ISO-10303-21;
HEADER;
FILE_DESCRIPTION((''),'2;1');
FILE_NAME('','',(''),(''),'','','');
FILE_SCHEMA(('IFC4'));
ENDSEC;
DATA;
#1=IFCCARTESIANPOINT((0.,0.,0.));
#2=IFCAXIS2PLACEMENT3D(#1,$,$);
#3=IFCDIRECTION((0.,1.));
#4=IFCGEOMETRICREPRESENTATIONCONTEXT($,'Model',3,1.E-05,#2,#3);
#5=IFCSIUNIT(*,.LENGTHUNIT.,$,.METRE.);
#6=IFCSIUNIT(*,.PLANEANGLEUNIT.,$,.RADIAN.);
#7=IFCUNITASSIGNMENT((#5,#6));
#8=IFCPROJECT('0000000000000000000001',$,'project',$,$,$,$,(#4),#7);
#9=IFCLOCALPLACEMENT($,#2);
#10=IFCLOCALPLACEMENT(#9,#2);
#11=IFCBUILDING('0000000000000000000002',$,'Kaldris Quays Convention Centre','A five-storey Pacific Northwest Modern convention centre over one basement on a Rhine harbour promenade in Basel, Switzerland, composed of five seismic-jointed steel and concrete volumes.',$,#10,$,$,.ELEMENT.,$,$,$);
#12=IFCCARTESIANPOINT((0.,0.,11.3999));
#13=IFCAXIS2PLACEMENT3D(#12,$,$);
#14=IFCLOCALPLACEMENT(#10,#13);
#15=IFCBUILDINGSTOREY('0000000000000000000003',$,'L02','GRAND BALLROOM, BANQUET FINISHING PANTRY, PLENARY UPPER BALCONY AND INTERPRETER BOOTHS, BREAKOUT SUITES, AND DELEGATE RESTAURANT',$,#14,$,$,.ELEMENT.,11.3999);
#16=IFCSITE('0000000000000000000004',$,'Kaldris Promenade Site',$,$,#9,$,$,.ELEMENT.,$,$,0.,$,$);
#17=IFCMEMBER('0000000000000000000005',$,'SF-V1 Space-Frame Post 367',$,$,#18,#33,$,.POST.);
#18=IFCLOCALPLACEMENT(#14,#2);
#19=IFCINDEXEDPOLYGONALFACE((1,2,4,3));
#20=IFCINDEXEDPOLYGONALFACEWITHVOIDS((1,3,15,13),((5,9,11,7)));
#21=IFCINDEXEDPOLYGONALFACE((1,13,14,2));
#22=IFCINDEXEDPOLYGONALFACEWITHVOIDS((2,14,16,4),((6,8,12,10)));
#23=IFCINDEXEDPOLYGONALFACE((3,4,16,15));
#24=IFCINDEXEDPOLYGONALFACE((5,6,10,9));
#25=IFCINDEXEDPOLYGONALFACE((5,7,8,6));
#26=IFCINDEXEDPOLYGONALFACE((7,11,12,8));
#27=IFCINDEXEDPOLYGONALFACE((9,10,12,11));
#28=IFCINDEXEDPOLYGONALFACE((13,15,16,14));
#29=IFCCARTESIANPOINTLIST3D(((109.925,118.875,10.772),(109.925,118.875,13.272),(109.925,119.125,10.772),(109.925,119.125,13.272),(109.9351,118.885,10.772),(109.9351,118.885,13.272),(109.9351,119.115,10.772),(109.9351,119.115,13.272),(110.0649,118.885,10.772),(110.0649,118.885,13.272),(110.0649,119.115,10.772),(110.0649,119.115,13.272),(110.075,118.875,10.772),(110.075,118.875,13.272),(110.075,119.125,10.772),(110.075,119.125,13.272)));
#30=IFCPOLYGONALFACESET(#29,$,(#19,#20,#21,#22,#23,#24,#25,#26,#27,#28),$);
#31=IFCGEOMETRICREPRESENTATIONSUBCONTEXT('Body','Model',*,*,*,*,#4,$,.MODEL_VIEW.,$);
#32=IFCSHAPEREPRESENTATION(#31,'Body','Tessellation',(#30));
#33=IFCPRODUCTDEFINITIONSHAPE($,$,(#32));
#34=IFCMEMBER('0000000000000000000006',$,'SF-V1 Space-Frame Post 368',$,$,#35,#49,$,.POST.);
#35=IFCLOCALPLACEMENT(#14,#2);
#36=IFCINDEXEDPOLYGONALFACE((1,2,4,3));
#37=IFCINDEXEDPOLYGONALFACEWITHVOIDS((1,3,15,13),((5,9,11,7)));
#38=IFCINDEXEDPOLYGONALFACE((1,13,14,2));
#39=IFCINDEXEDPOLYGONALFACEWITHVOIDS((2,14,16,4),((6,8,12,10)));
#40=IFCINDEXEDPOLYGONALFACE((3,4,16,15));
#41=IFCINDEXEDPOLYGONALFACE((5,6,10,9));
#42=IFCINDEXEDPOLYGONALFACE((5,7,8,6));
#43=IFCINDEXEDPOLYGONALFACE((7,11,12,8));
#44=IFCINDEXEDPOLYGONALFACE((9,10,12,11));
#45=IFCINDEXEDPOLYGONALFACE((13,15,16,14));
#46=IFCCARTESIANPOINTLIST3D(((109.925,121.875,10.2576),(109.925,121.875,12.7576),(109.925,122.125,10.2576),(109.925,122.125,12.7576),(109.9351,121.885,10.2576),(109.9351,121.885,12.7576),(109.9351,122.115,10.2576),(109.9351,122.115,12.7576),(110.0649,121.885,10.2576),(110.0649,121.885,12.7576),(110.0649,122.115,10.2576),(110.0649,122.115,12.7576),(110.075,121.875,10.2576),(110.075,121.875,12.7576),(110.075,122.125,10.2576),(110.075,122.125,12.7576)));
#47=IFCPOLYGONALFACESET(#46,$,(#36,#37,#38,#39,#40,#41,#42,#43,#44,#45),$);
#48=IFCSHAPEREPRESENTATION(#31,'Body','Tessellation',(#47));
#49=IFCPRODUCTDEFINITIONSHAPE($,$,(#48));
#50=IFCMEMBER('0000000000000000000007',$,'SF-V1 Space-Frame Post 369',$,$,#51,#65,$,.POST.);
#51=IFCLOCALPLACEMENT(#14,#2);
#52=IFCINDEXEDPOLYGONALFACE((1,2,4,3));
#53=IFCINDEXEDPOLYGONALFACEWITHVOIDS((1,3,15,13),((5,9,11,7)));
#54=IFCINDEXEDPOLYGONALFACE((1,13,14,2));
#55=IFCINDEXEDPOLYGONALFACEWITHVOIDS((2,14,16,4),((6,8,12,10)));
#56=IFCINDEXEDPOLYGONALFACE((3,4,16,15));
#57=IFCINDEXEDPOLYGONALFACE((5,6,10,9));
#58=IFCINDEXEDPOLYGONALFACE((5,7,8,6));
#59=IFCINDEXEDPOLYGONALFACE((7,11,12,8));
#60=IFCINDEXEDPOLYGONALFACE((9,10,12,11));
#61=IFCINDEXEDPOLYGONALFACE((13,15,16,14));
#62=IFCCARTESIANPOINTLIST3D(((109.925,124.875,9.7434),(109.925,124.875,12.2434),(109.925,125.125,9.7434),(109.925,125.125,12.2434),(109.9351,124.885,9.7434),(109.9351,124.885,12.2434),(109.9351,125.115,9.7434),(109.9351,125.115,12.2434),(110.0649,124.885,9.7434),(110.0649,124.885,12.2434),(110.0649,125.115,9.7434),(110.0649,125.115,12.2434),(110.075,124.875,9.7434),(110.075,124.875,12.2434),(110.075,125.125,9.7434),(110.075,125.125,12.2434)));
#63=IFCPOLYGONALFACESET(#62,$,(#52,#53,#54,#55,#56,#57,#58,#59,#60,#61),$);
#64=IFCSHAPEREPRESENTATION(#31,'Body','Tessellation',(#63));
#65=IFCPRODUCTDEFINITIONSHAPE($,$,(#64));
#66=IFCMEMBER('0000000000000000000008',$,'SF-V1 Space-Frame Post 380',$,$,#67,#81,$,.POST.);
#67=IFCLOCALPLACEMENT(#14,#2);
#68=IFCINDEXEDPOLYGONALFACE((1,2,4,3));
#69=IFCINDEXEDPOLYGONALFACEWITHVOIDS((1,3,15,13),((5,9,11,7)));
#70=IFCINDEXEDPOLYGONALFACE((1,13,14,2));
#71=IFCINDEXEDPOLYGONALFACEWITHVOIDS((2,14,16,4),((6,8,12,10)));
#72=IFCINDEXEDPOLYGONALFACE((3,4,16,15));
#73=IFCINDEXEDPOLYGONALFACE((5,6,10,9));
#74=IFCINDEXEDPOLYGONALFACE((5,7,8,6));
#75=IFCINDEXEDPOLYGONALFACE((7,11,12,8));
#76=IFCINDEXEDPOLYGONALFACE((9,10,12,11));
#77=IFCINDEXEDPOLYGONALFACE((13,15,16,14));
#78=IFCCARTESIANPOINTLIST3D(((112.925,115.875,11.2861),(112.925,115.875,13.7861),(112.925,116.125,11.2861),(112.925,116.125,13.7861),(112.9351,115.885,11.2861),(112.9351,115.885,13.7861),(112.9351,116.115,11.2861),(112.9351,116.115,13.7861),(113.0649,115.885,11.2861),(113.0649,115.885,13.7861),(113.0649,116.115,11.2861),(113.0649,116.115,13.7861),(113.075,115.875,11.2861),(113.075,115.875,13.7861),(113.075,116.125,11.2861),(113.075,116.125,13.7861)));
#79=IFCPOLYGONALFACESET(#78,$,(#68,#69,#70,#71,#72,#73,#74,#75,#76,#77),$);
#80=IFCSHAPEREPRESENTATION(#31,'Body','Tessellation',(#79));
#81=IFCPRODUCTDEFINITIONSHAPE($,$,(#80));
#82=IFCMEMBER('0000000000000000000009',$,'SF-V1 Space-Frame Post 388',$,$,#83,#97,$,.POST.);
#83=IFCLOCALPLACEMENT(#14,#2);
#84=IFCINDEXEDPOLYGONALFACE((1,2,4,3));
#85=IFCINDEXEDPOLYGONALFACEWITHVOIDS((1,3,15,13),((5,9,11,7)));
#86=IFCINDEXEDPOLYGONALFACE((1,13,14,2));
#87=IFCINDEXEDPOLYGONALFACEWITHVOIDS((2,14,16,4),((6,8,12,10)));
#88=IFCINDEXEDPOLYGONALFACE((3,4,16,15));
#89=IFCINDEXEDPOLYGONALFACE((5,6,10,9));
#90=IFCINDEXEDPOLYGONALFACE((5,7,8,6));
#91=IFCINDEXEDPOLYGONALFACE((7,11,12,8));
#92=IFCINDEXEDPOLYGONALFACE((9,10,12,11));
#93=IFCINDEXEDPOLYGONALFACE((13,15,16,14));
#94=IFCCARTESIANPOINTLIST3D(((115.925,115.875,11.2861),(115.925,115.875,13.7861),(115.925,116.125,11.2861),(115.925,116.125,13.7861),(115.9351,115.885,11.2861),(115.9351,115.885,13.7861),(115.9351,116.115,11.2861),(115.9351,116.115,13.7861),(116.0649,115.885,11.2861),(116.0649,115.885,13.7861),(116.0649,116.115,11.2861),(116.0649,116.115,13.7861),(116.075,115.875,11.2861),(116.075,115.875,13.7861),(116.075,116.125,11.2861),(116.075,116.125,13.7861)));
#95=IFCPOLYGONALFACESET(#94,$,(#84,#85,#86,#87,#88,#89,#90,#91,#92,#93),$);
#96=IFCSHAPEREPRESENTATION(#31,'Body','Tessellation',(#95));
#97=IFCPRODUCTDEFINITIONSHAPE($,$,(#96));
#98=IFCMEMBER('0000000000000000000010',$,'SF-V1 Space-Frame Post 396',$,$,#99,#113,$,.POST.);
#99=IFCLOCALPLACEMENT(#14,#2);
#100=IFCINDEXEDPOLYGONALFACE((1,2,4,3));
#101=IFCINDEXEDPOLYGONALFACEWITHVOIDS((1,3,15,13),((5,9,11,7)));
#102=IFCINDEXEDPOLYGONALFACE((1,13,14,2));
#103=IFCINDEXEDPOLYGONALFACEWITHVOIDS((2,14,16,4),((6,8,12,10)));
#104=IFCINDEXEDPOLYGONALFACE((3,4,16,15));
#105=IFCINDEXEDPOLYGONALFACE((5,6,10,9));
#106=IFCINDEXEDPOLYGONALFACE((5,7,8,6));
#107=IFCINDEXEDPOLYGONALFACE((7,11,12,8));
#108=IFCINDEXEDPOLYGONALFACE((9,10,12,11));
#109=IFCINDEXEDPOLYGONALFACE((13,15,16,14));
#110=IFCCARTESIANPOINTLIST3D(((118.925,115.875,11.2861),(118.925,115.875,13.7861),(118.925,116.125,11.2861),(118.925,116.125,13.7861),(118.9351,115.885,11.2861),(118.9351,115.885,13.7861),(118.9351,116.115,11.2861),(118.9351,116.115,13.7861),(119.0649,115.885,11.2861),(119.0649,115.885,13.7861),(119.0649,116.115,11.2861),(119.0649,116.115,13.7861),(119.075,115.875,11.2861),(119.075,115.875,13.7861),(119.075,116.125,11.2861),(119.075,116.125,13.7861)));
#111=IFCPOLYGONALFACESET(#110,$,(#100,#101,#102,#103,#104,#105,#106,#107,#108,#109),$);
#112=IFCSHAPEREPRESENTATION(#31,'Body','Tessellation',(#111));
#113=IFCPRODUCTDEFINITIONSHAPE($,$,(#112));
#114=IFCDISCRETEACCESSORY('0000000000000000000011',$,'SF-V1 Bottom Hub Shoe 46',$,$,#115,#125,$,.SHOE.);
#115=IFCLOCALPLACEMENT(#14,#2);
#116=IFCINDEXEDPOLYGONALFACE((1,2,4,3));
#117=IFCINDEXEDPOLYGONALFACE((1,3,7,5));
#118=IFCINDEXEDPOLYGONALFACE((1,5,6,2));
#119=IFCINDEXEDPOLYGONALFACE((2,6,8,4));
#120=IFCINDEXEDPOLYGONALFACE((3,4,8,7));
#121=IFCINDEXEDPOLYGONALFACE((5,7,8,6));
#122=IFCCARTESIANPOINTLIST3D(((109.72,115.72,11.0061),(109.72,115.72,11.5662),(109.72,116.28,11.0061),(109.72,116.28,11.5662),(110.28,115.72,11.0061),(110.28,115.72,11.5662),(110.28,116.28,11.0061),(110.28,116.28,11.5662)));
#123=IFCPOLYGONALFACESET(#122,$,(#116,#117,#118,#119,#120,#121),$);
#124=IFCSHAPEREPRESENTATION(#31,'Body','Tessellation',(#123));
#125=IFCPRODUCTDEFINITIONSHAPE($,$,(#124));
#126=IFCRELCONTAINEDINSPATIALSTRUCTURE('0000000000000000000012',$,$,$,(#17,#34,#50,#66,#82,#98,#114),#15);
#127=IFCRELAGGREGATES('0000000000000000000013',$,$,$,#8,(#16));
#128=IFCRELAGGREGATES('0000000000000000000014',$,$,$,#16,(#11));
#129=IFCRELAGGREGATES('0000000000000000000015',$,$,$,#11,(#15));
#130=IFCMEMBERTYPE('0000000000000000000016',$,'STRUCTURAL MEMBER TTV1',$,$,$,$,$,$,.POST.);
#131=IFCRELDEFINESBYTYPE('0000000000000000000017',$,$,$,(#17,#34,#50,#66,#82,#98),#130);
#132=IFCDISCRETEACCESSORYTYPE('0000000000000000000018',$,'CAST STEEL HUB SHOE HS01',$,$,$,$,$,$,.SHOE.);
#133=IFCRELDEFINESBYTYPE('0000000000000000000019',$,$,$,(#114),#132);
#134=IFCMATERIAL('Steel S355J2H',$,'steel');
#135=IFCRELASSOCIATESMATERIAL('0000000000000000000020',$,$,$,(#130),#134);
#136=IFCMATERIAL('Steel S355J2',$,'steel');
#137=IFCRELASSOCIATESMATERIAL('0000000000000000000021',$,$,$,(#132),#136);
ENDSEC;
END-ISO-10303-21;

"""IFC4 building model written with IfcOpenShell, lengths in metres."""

from ifc_helpers import new_model, si_unit, direction, frame, origin, origin_2d, place, context, subcontext, project, spatial, rectangle, hollow_rectangle, extrude, material, material_profile, profile_set, type_object, element, save


model = new_model("IFC4")

# Units and contexts
model_context = context("Model", 3, precision=1e-05, world=origin(), true_north=direction((0.0, 1.0)))
body_context = subcontext(model_context, "Body", "Model", "MODEL_VIEW")
ifc_project = project(units=[si_unit("LENGTHUNIT", "METRE"), si_unit("PLANEANGLEUNIT", "RADIAN")], contexts=[model_context])

# Site, building, storey
site_placement = place(None, origin())
site = spatial("IfcSite", under=ifc_project, at=site_placement, Name="Kaldris Promenade Site", CompositionType="ELEMENT", RefElevation=0.0)
building_placement = place(site_placement, origin())
building = spatial("IfcBuilding", under=site, at=building_placement, Name="Kaldris Quays Convention Centre", Description="A five-storey Pacific Northwest Modern convention centre over one basement on a Rhine harbour promenade in Basel, Switzerland, composed of five seismic-jointed steel and concrete volumes.", CompositionType="ELEMENT")
storey_placement = place(building_placement, frame((0.0, 0.0, 11.3999)))
storey = spatial("IfcBuildingStorey", under=building, at=storey_placement, Name="L02", Description="GRAND BALLROOM, BANQUET FINISHING PANTRY, PLENARY UPPER BALCONY AND INTERPRETER BOOTHS, BREAKOUT SUITES, AND DELEGATE RESTAURANT", CompositionType="ELEMENT", Elevation=11.3999)

# Members
ifc_material_1 = material(Name="Steel S355J2H", Category="steel")
ifc_material_profile_1 = material_profile(ifc_material_1, hollow_rectangle(XDim=0.1499, YDim=0.25, WallThickness=0.01, at=origin_2d()), Name="RHS 250x150x10")
ifc_profile_set_1 = profile_set([ifc_material_profile_1], Name="Steel S355J2H")
member_type_1 = type_object("IfcMemberType", Name="STRUCTURAL MEMBER TTV1", PredefinedType="POST", material=ifc_profile_set_1)
for number, where, z_axis, x_axis, name in (
    (1, (110.0, 119.0, 10.772), (0.0, 0.0, 1.0), (1.0, 0.0, 0.0), "SF-V1 Space-Frame Post 367"),
    (2, (110.0, 122.0, 10.2576), (0.0, 0.0, 1.0), (1.0, 0.0, 0.0), "SF-V1 Space-Frame Post 368"),
    (3, (110.0, 125.0, 9.7434), (0.0, 0.0, 1.0), (1.0, 0.0, 0.0), "SF-V1 Space-Frame Post 369"),
    (4, (113.0, 116.0, 11.2861), (0.0, 0.0, 1.0), (1.0, 0.0, 0.0), "SF-V1 Space-Frame Post 380"),
    (5, (116.0, 116.0, 11.2861), (0.0, 0.0, 1.0), (1.0, 0.0, 0.0), "SF-V1 Space-Frame Post 388"),
    (6, (119.0, 116.0, 11.2861), (0.0, 0.0, 1.0), (1.0, 0.0, 0.0), "SF-V1 Space-Frame Post 396"),
):
    element("IfcMember", number, at=place(storey_placement, frame(where, z_axis=z_axis, x_axis=x_axis)), inside=storey, type_object=member_type_1, Name=name, PredefinedType="POST", context=body_context, shape_type="SweptSolid", body=[
        extrude(hollow_rectangle(XDim=0.1499, YDim=0.25, WallThickness=0.01, at=origin_2d()), origin(), (0.0, 0.0, 1.0), 2.5),
    ])

# Discrete accessory
ifc_material_2 = material(Name="Steel S355J2", Category="steel")
discrete_accessory_type = type_object("IfcDiscreteAccessoryType", Name="CAST STEEL HUB SHOE HS01", PredefinedType="SHOE", material=ifc_material_2)
discrete_accessory_placement = place(storey_placement, frame((110.0, 116.0, 11.0061), z_axis=(0.0, 0.0, 1.0), x_axis=(1.0, 0.0, 0.0)))
element("IfcDiscreteAccessory", 7, at=discrete_accessory_placement, inside=storey, type_object=discrete_accessory_type, Name="SF-V1 Bottom Hub Shoe 46", PredefinedType="SHOE", context=body_context, shape_type="SweptSolid", body=[
    extrude(rectangle(XDim=0.5601, YDim=0.5601, at=origin_2d()), origin(), (0.0, 0.0, 1.0), 0.5601),
])

save(model, "model.ifc")
